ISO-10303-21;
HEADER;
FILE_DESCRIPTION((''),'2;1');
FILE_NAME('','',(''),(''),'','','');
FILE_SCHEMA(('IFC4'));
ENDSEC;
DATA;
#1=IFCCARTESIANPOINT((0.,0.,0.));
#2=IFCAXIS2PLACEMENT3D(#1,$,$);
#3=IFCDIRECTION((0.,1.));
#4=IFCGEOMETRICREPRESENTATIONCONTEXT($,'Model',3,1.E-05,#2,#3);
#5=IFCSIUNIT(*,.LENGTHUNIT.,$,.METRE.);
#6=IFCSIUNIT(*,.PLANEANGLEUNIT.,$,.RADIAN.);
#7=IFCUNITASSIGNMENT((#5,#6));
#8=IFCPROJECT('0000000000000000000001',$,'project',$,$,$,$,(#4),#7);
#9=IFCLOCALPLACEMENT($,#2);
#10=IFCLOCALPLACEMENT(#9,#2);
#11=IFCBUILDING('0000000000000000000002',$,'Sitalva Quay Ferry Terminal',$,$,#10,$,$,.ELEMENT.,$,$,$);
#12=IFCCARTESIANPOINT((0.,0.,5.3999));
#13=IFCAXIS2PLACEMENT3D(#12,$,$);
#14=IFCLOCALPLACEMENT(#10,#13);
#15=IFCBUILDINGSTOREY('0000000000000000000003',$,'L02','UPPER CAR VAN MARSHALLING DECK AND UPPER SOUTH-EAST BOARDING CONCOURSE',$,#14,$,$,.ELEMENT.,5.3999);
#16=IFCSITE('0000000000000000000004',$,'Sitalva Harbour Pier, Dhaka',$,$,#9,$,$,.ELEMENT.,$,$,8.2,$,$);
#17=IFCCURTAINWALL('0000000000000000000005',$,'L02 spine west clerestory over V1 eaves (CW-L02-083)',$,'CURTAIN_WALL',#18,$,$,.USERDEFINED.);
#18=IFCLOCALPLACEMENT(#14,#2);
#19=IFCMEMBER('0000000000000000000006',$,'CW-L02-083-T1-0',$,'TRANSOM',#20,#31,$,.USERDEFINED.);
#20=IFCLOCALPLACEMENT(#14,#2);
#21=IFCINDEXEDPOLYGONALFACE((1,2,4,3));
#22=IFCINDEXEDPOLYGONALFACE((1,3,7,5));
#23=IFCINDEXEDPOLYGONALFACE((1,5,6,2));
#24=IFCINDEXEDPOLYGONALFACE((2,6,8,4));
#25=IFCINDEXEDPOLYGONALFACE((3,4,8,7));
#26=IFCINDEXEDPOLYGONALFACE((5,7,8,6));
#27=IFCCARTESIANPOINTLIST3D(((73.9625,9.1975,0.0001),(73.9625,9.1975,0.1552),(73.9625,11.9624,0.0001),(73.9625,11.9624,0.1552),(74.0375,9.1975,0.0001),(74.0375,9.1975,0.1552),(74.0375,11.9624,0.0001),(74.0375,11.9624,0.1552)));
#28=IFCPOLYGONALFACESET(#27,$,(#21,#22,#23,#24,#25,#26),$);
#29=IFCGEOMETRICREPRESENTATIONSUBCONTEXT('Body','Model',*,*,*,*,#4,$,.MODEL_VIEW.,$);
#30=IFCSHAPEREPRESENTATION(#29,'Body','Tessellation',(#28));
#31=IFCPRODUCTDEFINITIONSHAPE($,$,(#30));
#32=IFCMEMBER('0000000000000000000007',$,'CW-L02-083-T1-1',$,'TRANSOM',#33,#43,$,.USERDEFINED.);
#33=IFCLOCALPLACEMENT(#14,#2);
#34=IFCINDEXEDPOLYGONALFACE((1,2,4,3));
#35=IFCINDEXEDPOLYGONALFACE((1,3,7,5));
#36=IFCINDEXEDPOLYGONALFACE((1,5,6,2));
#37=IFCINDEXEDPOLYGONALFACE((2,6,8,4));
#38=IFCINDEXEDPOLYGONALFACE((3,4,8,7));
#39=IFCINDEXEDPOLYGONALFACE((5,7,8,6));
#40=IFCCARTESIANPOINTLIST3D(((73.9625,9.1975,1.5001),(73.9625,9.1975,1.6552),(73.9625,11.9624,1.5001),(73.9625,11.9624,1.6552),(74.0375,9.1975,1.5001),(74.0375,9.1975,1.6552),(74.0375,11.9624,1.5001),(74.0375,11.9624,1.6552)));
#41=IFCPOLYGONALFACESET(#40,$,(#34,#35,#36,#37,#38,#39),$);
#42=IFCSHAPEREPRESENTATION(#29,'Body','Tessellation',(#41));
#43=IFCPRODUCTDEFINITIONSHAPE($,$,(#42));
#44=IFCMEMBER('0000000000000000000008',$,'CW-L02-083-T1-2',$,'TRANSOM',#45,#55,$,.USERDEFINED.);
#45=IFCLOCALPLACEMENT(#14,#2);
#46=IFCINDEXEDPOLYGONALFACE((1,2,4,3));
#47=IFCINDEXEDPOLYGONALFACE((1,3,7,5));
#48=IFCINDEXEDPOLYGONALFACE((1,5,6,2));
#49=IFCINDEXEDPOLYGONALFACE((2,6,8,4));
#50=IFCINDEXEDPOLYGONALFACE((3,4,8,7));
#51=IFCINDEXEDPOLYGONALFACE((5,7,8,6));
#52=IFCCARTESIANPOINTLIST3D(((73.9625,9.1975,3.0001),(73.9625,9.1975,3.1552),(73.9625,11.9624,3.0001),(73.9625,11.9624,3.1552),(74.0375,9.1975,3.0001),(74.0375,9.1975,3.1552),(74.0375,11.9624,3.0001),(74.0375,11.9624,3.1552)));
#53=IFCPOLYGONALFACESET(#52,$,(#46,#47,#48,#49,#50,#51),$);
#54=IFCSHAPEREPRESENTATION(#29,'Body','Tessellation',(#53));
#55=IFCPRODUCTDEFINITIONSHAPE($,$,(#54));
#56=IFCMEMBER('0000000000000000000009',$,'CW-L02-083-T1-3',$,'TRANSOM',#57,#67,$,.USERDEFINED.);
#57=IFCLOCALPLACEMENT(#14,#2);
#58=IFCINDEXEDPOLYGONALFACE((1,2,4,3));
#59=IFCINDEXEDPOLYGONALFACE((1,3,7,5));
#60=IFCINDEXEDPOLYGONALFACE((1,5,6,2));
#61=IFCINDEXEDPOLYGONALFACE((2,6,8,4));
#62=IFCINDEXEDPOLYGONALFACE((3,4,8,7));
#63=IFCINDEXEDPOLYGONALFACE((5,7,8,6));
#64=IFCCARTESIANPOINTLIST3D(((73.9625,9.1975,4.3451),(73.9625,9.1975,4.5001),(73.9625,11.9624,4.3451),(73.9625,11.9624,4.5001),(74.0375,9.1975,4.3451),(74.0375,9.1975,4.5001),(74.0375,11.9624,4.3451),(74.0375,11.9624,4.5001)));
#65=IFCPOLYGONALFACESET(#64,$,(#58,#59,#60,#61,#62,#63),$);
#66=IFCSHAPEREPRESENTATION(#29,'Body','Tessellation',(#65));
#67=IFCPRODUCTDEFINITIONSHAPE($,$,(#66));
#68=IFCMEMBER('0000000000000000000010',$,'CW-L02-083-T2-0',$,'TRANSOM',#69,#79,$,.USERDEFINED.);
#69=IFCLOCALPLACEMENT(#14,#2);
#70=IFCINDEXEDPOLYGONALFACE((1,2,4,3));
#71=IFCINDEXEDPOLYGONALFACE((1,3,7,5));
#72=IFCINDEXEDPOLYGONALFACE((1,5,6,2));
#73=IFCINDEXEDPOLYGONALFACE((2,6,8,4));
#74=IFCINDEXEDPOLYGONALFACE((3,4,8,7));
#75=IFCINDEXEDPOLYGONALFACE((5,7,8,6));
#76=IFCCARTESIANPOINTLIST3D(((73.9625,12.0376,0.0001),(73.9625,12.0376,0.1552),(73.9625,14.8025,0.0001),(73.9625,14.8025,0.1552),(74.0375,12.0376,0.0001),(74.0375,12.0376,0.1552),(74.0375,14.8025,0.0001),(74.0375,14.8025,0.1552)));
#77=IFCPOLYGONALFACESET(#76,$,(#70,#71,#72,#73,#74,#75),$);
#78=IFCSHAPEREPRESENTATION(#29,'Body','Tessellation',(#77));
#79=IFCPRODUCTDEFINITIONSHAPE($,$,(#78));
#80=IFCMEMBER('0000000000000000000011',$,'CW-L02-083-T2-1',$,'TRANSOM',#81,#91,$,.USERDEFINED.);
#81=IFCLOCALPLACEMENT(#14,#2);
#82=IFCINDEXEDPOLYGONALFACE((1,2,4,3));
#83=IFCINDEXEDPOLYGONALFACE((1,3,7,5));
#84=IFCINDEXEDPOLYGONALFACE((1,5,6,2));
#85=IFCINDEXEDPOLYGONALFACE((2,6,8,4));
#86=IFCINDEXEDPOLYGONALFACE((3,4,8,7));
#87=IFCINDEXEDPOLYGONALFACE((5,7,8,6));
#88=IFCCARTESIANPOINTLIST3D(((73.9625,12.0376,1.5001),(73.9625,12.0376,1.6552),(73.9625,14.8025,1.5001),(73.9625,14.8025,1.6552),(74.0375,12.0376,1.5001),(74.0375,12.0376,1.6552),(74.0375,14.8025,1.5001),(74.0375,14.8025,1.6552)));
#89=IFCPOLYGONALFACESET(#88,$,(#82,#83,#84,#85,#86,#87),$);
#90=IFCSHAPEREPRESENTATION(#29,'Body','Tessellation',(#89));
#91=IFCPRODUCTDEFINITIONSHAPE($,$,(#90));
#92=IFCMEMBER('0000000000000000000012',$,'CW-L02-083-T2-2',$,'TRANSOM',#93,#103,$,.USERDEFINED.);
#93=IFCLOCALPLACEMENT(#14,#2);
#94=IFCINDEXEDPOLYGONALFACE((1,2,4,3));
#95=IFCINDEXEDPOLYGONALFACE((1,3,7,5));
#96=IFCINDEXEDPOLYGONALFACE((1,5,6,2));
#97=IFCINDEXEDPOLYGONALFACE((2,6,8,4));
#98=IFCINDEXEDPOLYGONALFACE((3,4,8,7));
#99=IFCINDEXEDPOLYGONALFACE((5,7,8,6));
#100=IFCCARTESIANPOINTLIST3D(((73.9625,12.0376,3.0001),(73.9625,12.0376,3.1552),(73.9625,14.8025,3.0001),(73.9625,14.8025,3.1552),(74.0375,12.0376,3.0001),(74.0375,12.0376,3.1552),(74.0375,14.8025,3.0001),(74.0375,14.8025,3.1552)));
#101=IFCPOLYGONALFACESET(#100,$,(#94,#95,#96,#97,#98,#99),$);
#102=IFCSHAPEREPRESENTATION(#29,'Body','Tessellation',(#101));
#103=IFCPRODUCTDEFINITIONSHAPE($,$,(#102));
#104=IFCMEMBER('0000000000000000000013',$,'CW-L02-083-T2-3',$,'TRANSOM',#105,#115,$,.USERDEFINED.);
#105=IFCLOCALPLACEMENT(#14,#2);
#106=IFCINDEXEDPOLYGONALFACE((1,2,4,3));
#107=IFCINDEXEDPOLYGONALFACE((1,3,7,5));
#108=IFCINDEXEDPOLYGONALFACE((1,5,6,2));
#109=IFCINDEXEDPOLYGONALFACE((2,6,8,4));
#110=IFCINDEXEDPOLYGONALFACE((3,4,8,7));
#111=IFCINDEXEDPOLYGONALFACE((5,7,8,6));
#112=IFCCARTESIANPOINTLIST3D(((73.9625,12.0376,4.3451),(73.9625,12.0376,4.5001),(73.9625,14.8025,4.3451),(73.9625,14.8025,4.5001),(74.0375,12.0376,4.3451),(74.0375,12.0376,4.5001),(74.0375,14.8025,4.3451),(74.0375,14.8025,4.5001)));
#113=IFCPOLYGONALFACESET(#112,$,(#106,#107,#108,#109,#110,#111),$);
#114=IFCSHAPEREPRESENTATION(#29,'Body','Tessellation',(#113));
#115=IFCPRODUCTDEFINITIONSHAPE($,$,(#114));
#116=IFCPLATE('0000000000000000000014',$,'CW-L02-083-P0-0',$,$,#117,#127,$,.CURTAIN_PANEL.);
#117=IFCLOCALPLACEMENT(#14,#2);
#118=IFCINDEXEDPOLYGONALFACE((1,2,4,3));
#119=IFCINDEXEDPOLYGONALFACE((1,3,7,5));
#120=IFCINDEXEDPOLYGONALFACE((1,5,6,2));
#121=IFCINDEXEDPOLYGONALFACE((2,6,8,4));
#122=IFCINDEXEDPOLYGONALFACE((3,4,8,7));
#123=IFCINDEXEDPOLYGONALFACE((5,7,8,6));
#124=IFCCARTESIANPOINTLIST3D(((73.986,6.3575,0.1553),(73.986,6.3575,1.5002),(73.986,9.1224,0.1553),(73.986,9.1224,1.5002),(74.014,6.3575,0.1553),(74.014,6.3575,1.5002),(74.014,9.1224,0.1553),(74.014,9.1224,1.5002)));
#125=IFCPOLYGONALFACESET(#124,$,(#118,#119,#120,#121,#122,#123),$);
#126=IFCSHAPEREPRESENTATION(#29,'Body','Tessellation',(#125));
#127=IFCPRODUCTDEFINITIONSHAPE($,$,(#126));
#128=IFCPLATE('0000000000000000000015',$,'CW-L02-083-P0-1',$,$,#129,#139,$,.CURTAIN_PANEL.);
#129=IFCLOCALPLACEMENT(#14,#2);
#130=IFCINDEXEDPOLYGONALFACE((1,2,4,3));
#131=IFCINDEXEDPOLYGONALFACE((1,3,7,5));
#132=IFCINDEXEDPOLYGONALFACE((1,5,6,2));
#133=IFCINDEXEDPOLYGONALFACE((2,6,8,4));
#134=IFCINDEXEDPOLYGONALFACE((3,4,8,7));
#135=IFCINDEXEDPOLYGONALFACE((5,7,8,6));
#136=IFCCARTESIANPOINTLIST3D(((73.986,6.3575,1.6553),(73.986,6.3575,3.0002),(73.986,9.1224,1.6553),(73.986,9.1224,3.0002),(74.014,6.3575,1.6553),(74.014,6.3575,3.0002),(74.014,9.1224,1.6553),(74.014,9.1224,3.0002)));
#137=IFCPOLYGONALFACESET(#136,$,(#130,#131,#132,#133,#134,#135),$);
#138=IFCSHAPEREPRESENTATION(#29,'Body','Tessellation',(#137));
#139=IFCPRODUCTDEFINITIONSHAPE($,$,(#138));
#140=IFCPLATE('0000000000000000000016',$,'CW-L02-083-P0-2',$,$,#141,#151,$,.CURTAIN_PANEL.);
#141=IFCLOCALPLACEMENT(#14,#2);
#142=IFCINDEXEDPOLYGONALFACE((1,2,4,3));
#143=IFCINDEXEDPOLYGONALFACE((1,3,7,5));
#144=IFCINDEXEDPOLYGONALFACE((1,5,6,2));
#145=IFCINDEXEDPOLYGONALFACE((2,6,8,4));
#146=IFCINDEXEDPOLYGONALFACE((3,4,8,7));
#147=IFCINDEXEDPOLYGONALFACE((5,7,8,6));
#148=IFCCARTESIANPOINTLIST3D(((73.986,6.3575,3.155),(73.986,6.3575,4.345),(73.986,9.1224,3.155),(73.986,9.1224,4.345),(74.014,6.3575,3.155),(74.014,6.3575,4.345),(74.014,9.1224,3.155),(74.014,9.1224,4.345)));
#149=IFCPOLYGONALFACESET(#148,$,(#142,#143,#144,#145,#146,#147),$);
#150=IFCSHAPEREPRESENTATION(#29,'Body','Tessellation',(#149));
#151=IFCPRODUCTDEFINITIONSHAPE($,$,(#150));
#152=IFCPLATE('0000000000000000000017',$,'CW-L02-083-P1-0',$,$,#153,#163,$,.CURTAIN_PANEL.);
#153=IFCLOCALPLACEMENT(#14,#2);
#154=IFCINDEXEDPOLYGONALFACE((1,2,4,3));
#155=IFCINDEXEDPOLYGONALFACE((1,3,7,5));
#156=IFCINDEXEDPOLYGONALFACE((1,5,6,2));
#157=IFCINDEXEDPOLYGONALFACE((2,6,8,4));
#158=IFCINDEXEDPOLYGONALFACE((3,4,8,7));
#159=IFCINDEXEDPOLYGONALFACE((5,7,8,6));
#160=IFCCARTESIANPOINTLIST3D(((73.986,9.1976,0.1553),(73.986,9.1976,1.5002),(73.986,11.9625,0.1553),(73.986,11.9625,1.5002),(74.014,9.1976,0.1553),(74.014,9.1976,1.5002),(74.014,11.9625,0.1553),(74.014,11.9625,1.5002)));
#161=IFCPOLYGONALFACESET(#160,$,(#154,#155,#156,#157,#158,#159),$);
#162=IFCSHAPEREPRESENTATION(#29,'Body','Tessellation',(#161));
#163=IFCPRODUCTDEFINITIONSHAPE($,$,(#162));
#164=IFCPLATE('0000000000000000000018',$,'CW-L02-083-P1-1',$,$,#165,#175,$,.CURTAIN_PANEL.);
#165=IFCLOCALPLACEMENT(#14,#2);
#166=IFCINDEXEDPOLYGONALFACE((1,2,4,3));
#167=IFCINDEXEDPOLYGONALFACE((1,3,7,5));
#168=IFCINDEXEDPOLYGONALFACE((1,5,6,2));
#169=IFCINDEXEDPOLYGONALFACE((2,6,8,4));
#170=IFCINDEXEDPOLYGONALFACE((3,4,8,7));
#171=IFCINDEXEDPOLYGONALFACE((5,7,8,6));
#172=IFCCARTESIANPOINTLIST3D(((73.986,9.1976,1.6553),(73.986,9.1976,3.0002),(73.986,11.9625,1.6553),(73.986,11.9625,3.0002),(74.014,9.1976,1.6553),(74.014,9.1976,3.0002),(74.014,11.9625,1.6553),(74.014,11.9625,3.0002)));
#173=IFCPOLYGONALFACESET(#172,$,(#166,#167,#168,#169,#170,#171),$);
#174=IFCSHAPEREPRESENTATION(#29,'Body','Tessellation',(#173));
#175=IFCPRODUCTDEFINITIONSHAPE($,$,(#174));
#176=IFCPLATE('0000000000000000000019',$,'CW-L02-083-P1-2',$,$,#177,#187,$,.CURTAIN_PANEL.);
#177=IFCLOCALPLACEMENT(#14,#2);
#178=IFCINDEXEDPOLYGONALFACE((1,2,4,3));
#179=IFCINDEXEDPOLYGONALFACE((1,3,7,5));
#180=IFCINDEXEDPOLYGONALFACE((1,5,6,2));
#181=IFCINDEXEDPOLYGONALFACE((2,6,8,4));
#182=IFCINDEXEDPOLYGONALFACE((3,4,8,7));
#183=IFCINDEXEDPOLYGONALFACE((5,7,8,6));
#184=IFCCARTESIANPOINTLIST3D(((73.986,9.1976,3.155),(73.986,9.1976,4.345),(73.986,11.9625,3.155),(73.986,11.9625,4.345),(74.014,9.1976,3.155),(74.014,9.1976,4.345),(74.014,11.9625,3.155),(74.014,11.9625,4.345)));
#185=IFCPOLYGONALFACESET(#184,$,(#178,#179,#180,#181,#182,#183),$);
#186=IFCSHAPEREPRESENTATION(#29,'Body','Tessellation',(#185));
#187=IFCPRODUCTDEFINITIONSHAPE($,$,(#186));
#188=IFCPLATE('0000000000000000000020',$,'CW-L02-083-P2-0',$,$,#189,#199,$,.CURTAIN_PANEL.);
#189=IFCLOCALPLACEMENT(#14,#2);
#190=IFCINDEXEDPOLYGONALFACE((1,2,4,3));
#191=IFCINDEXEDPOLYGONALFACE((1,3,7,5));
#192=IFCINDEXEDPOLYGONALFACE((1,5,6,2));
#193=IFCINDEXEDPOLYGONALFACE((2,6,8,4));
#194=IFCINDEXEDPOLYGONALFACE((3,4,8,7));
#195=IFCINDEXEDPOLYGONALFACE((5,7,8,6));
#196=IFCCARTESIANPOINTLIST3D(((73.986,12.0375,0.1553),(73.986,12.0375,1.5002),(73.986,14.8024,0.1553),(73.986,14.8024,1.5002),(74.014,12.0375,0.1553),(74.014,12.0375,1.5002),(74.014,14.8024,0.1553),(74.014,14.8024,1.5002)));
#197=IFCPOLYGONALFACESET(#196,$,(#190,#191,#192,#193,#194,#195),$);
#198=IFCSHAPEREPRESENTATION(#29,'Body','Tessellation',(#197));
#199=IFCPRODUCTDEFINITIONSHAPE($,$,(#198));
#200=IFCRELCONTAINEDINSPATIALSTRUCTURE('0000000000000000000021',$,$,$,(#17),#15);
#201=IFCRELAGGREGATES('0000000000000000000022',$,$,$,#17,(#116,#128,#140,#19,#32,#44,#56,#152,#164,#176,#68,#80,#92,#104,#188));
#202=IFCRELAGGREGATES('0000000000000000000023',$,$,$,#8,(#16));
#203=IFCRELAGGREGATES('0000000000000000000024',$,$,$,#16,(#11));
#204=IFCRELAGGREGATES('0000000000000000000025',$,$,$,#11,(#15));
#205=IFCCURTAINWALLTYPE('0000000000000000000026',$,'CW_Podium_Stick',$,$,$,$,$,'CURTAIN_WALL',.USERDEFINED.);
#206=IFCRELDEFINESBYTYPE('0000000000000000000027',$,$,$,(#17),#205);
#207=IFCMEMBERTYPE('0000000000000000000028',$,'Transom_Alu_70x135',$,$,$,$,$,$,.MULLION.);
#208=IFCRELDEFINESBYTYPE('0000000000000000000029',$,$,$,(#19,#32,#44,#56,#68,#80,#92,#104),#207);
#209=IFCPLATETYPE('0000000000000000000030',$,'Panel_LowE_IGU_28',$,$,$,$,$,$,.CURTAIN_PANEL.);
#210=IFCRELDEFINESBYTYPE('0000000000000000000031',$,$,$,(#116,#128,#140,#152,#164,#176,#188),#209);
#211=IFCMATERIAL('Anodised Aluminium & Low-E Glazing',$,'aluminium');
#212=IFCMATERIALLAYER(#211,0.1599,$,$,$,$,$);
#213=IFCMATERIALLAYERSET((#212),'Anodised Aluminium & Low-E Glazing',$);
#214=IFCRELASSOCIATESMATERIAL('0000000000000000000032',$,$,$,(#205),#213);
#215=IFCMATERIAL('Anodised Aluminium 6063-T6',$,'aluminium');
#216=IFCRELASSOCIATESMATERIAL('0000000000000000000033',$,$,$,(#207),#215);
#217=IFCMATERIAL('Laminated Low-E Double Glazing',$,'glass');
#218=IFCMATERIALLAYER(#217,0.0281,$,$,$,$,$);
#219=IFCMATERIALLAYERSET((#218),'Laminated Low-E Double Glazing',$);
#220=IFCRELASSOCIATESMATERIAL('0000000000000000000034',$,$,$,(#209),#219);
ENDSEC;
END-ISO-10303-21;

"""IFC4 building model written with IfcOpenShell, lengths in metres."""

from ifc_helpers import new_model, si_unit, direction, frame, origin, origin_2d, place, context, subcontext, project, spatial, rectangle, extrude, material, layer, layer_set, material_profile, profile_set, type_object, element, aggregate, save


model = new_model("IFC4")

# Units and contexts
model_context = context("Model", 3, precision=1e-05, world=origin(), true_north=direction((0.0, 1.0)))
body_context = subcontext(model_context, "Body", "Model", "MODEL_VIEW")
ifc_project = project(units=[si_unit("LENGTHUNIT", "METRE"), si_unit("PLANEANGLEUNIT", "RADIAN")], contexts=[model_context])

# Site, building, storey
site_placement = place(None, origin())
site = spatial("IfcSite", under=ifc_project, at=site_placement, Name="Sitalva Harbour Pier, Dhaka", CompositionType="ELEMENT", RefElevation=8.2)
building_placement = place(site_placement, origin())
building = spatial("IfcBuilding", under=site, at=building_placement, Name="Sitalva Quay Ferry Terminal", CompositionType="ELEMENT")
storey_placement = place(building_placement, frame((0.0, 0.0, 5.3999)))
storey = spatial("IfcBuildingStorey", under=building, at=storey_placement, Name="L02", Description="UPPER CAR VAN MARSHALLING DECK AND UPPER SOUTH-EAST BOARDING CONCOURSE", CompositionType="ELEMENT", Elevation=5.3999)

# Curtain wall, members, plates
ifc_material_1 = material(Name="Anodised Aluminium & Low-E Glazing", Category="aluminium")
ifc_layer_1 = layer(ifc_material_1, 0.1599)
ifc_layer_set_1 = layer_set([ifc_layer_1], Name="Anodised Aluminium & Low-E Glazing")
curtain_wall_type = type_object("IfcCurtainWallType", Name="CW_Podium_Stick", ElementType="CURTAIN_WALL", PredefinedType="USERDEFINED", material=ifc_layer_set_1)
curtain_wall_placement = place(storey_placement, origin())
curtain_wall = element("IfcCurtainWall", 1, at=curtain_wall_placement, inside=storey, type_object=curtain_wall_type, Name="L02 spine west clerestory over V1 eaves (CW-L02-083)", ObjectType="CURTAIN_WALL", PredefinedType="USERDEFINED")
ifc_material_2 = material(Name="Anodised Aluminium 6063-T6", Category="aluminium")
ifc_material_profile_1 = material_profile(ifc_material_2, rectangle(XDim=0.075, YDim=0.155, at=origin_2d()), Name="ALU75x155")
ifc_profile_set_1 = profile_set([ifc_material_profile_1], Name="Anodised Aluminium 6063-T6")
member_type_1 = type_object("IfcMemberType", Name="Transom_Alu_70x135", PredefinedType="MULLION", material=ifc_profile_set_1)
member_1_placement = place(storey_placement, frame((74.0, 9.1975, 0.0776), z_axis=(0.0, 1.0, 0.0), x_axis=(-1.0, 0.0, 0.0)))
member_1 = element("IfcMember", 2, at=member_1_placement, type_object=member_type_1, Name="CW-L02-083-T1-0", ObjectType="TRANSOM", PredefinedType="USERDEFINED", context=body_context, shape_type="SweptSolid", body=[
    extrude(rectangle(XDim=0.075, YDim=0.155, at=origin_2d()), origin(), (0.0, 0.0, 1.0), 2.7649),
])
member_2_placement = place(storey_placement, frame((74.0, 9.1975, 1.5776), z_axis=(0.0, 1.0, 0.0), x_axis=(-1.0, 0.0, 0.0)))
member_2 = element("IfcMember", 3, at=member_2_placement, type_object=member_type_1, Name="CW-L02-083-T1-1", ObjectType="TRANSOM", PredefinedType="USERDEFINED", context=body_context, shape_type="SweptSolid", body=[
    extrude(rectangle(XDim=0.075, YDim=0.155, at=origin_2d()), origin(), (0.0, 0.0, 1.0), 2.7649),
])
member_3_placement = place(storey_placement, frame((74.0, 9.1975, 3.0776), z_axis=(0.0, 1.0, 0.0), x_axis=(-1.0, 0.0, 0.0)))
member_3 = element("IfcMember", 4, at=member_3_placement, type_object=member_type_1, Name="CW-L02-083-T1-2", ObjectType="TRANSOM", PredefinedType="USERDEFINED", context=body_context, shape_type="SweptSolid", body=[
    extrude(rectangle(XDim=0.075, YDim=0.155, at=origin_2d()), origin(), (0.0, 0.0, 1.0), 2.7649),
])
member_4_placement = place(storey_placement, frame((74.0, 9.1975, 4.4226), z_axis=(0.0, 1.0, 0.0), x_axis=(-1.0, 0.0, 0.0)))
member_4 = element("IfcMember", 5, at=member_4_placement, type_object=member_type_1, Name="CW-L02-083-T1-3", ObjectType="TRANSOM", PredefinedType="USERDEFINED", context=body_context, shape_type="SweptSolid", body=[
    extrude(rectangle(XDim=0.075, YDim=0.155, at=origin_2d()), origin(), (0.0, 0.0, 1.0), 2.7649),
])
member_5_placement = place(storey_placement, frame((74.0, 12.0376, 0.0776), z_axis=(0.0, 1.0, 0.0), x_axis=(-1.0, 0.0, 0.0)))
member_5 = element("IfcMember", 6, at=member_5_placement, type_object=member_type_1, Name="CW-L02-083-T2-0", ObjectType="TRANSOM", PredefinedType="USERDEFINED", context=body_context, shape_type="SweptSolid", body=[
    extrude(rectangle(XDim=0.075, YDim=0.155, at=origin_2d()), origin(), (0.0, 0.0, 1.0), 2.7649),
])
member_6_placement = place(storey_placement, frame((74.0, 12.0376, 1.5776), z_axis=(0.0, 1.0, 0.0), x_axis=(-1.0, 0.0, 0.0)))
member_6 = element("IfcMember", 7, at=member_6_placement, type_object=member_type_1, Name="CW-L02-083-T2-1", ObjectType="TRANSOM", PredefinedType="USERDEFINED", context=body_context, shape_type="SweptSolid", body=[
    extrude(rectangle(XDim=0.075, YDim=0.155, at=origin_2d()), origin(), (0.0, 0.0, 1.0), 2.7649),
])
member_7_placement = place(storey_placement, frame((74.0, 12.0376, 3.0776), z_axis=(0.0, 1.0, 0.0), x_axis=(-1.0, 0.0, 0.0)))
member_7 = element("IfcMember", 8, at=member_7_placement, type_object=member_type_1, Name="CW-L02-083-T2-2", ObjectType="TRANSOM", PredefinedType="USERDEFINED", context=body_context, shape_type="SweptSolid", body=[
    extrude(rectangle(XDim=0.075, YDim=0.155, at=origin_2d()), origin(), (0.0, 0.0, 1.0), 2.7649),
])
member_8_placement = place(storey_placement, frame((74.0, 12.0376, 4.4226), z_axis=(0.0, 1.0, 0.0), x_axis=(-1.0, 0.0, 0.0)))
member_8 = element("IfcMember", 9, at=member_8_placement, type_object=member_type_1, Name="CW-L02-083-T2-3", ObjectType="TRANSOM", PredefinedType="USERDEFINED", context=body_context, shape_type="SweptSolid", body=[
    extrude(rectangle(XDim=0.075, YDim=0.155, at=origin_2d()), origin(), (0.0, 0.0, 1.0), 2.7649),
])
ifc_material_3 = material(Name="Laminated Low-E Double Glazing", Category="glass")
ifc_layer_2 = layer(ifc_material_3, 0.0281)
ifc_layer_set_2 = layer_set([ifc_layer_2], Name="Laminated Low-E Double Glazing")
plate_type = type_object("IfcPlateType", Name="Panel_LowE_IGU_28", PredefinedType="CURTAIN_PANEL", material=ifc_layer_set_2)
plate_1_placement = place(storey_placement, frame((74.0, 7.74, 0.1553), z_axis=(0.0, 0.0, 1.0), x_axis=(0.0, 1.0, 0.0)))
plate_1 = element("IfcPlate", 10, at=plate_1_placement, type_object=plate_type, Name="CW-L02-083-P0-0", PredefinedType="CURTAIN_PANEL", context=body_context, shape_type="SweptSolid", body=[
    extrude(rectangle(XDim=2.7649, YDim=0.0281, at=origin_2d()), origin(), (0.0, 0.0, 1.0), 1.345),
])
plate_2_placement = place(storey_placement, frame((74.0, 7.74, 1.6553), z_axis=(0.0, 0.0, 1.0), x_axis=(0.0, 1.0, 0.0)))
plate_2 = element("IfcPlate", 11, at=plate_2_placement, type_object=plate_type, Name="CW-L02-083-P0-1", PredefinedType="CURTAIN_PANEL", context=body_context, shape_type="SweptSolid", body=[
    extrude(rectangle(XDim=2.7649, YDim=0.0281, at=origin_2d()), origin(), (0.0, 0.0, 1.0), 1.345),
])
plate_3_placement = place(storey_placement, frame((74.0, 7.74, 3.155), z_axis=(0.0, 0.0, 1.0), x_axis=(0.0, 1.0, 0.0)))
plate_3 = element("IfcPlate", 12, at=plate_3_placement, type_object=plate_type, Name="CW-L02-083-P0-2", PredefinedType="CURTAIN_PANEL", context=body_context, shape_type="SweptSolid", body=[
    extrude(rectangle(XDim=2.7649, YDim=0.0281, at=origin_2d()), origin(), (0.0, 0.0, 1.0), 1.1899),
])
plate_4_placement = place(storey_placement, frame((74.0, 10.5801, 0.1553), z_axis=(0.0, 0.0, 1.0), x_axis=(0.0, 1.0, 0.0)))
plate_4 = element("IfcPlate", 13, at=plate_4_placement, type_object=plate_type, Name="CW-L02-083-P1-0", PredefinedType="CURTAIN_PANEL", context=body_context, shape_type="SweptSolid", body=[
    extrude(rectangle(XDim=2.7649, YDim=0.0281, at=origin_2d()), origin(), (0.0, 0.0, 1.0), 1.345),
])
plate_5_placement = place(storey_placement, frame((74.0, 10.5801, 1.6553), z_axis=(0.0, 0.0, 1.0), x_axis=(0.0, 1.0, 0.0)))
plate_5 = element("IfcPlate", 14, at=plate_5_placement, type_object=plate_type, Name="CW-L02-083-P1-1", PredefinedType="CURTAIN_PANEL", context=body_context, shape_type="SweptSolid", body=[
    extrude(rectangle(XDim=2.7649, YDim=0.0281, at=origin_2d()), origin(), (0.0, 0.0, 1.0), 1.345),
])
plate_6_placement = place(storey_placement, frame((74.0, 10.5801, 3.155), z_axis=(0.0, 0.0, 1.0), x_axis=(0.0, 1.0, 0.0)))
plate_6 = element("IfcPlate", 15, at=plate_6_placement, type_object=plate_type, Name="CW-L02-083-P1-2", PredefinedType="CURTAIN_PANEL", context=body_context, shape_type="SweptSolid", body=[
    extrude(rectangle(XDim=2.7649, YDim=0.0281, at=origin_2d()), origin(), (0.0, 0.0, 1.0), 1.1899),
])
plate_7_placement = place(storey_placement, frame((74.0, 13.4199, 0.1553), z_axis=(0.0, 0.0, 1.0), x_axis=(0.0, 1.0, 0.0)))
plate_7 = element("IfcPlate", 16, at=plate_7_placement, type_object=plate_type, Name="CW-L02-083-P2-0", PredefinedType="CURTAIN_PANEL", context=body_context, shape_type="SweptSolid", body=[
    extrude(rectangle(XDim=2.7649, YDim=0.0281, at=origin_2d()), origin(), (0.0, 0.0, 1.0), 1.345),
])
aggregate(curtain_wall, [plate_1, plate_2, plate_3, member_1, member_2, member_3, member_4, plate_4, plate_5, plate_6, member_5, member_6, member_7, member_8, plate_7])

save(model, "model.ifc")
